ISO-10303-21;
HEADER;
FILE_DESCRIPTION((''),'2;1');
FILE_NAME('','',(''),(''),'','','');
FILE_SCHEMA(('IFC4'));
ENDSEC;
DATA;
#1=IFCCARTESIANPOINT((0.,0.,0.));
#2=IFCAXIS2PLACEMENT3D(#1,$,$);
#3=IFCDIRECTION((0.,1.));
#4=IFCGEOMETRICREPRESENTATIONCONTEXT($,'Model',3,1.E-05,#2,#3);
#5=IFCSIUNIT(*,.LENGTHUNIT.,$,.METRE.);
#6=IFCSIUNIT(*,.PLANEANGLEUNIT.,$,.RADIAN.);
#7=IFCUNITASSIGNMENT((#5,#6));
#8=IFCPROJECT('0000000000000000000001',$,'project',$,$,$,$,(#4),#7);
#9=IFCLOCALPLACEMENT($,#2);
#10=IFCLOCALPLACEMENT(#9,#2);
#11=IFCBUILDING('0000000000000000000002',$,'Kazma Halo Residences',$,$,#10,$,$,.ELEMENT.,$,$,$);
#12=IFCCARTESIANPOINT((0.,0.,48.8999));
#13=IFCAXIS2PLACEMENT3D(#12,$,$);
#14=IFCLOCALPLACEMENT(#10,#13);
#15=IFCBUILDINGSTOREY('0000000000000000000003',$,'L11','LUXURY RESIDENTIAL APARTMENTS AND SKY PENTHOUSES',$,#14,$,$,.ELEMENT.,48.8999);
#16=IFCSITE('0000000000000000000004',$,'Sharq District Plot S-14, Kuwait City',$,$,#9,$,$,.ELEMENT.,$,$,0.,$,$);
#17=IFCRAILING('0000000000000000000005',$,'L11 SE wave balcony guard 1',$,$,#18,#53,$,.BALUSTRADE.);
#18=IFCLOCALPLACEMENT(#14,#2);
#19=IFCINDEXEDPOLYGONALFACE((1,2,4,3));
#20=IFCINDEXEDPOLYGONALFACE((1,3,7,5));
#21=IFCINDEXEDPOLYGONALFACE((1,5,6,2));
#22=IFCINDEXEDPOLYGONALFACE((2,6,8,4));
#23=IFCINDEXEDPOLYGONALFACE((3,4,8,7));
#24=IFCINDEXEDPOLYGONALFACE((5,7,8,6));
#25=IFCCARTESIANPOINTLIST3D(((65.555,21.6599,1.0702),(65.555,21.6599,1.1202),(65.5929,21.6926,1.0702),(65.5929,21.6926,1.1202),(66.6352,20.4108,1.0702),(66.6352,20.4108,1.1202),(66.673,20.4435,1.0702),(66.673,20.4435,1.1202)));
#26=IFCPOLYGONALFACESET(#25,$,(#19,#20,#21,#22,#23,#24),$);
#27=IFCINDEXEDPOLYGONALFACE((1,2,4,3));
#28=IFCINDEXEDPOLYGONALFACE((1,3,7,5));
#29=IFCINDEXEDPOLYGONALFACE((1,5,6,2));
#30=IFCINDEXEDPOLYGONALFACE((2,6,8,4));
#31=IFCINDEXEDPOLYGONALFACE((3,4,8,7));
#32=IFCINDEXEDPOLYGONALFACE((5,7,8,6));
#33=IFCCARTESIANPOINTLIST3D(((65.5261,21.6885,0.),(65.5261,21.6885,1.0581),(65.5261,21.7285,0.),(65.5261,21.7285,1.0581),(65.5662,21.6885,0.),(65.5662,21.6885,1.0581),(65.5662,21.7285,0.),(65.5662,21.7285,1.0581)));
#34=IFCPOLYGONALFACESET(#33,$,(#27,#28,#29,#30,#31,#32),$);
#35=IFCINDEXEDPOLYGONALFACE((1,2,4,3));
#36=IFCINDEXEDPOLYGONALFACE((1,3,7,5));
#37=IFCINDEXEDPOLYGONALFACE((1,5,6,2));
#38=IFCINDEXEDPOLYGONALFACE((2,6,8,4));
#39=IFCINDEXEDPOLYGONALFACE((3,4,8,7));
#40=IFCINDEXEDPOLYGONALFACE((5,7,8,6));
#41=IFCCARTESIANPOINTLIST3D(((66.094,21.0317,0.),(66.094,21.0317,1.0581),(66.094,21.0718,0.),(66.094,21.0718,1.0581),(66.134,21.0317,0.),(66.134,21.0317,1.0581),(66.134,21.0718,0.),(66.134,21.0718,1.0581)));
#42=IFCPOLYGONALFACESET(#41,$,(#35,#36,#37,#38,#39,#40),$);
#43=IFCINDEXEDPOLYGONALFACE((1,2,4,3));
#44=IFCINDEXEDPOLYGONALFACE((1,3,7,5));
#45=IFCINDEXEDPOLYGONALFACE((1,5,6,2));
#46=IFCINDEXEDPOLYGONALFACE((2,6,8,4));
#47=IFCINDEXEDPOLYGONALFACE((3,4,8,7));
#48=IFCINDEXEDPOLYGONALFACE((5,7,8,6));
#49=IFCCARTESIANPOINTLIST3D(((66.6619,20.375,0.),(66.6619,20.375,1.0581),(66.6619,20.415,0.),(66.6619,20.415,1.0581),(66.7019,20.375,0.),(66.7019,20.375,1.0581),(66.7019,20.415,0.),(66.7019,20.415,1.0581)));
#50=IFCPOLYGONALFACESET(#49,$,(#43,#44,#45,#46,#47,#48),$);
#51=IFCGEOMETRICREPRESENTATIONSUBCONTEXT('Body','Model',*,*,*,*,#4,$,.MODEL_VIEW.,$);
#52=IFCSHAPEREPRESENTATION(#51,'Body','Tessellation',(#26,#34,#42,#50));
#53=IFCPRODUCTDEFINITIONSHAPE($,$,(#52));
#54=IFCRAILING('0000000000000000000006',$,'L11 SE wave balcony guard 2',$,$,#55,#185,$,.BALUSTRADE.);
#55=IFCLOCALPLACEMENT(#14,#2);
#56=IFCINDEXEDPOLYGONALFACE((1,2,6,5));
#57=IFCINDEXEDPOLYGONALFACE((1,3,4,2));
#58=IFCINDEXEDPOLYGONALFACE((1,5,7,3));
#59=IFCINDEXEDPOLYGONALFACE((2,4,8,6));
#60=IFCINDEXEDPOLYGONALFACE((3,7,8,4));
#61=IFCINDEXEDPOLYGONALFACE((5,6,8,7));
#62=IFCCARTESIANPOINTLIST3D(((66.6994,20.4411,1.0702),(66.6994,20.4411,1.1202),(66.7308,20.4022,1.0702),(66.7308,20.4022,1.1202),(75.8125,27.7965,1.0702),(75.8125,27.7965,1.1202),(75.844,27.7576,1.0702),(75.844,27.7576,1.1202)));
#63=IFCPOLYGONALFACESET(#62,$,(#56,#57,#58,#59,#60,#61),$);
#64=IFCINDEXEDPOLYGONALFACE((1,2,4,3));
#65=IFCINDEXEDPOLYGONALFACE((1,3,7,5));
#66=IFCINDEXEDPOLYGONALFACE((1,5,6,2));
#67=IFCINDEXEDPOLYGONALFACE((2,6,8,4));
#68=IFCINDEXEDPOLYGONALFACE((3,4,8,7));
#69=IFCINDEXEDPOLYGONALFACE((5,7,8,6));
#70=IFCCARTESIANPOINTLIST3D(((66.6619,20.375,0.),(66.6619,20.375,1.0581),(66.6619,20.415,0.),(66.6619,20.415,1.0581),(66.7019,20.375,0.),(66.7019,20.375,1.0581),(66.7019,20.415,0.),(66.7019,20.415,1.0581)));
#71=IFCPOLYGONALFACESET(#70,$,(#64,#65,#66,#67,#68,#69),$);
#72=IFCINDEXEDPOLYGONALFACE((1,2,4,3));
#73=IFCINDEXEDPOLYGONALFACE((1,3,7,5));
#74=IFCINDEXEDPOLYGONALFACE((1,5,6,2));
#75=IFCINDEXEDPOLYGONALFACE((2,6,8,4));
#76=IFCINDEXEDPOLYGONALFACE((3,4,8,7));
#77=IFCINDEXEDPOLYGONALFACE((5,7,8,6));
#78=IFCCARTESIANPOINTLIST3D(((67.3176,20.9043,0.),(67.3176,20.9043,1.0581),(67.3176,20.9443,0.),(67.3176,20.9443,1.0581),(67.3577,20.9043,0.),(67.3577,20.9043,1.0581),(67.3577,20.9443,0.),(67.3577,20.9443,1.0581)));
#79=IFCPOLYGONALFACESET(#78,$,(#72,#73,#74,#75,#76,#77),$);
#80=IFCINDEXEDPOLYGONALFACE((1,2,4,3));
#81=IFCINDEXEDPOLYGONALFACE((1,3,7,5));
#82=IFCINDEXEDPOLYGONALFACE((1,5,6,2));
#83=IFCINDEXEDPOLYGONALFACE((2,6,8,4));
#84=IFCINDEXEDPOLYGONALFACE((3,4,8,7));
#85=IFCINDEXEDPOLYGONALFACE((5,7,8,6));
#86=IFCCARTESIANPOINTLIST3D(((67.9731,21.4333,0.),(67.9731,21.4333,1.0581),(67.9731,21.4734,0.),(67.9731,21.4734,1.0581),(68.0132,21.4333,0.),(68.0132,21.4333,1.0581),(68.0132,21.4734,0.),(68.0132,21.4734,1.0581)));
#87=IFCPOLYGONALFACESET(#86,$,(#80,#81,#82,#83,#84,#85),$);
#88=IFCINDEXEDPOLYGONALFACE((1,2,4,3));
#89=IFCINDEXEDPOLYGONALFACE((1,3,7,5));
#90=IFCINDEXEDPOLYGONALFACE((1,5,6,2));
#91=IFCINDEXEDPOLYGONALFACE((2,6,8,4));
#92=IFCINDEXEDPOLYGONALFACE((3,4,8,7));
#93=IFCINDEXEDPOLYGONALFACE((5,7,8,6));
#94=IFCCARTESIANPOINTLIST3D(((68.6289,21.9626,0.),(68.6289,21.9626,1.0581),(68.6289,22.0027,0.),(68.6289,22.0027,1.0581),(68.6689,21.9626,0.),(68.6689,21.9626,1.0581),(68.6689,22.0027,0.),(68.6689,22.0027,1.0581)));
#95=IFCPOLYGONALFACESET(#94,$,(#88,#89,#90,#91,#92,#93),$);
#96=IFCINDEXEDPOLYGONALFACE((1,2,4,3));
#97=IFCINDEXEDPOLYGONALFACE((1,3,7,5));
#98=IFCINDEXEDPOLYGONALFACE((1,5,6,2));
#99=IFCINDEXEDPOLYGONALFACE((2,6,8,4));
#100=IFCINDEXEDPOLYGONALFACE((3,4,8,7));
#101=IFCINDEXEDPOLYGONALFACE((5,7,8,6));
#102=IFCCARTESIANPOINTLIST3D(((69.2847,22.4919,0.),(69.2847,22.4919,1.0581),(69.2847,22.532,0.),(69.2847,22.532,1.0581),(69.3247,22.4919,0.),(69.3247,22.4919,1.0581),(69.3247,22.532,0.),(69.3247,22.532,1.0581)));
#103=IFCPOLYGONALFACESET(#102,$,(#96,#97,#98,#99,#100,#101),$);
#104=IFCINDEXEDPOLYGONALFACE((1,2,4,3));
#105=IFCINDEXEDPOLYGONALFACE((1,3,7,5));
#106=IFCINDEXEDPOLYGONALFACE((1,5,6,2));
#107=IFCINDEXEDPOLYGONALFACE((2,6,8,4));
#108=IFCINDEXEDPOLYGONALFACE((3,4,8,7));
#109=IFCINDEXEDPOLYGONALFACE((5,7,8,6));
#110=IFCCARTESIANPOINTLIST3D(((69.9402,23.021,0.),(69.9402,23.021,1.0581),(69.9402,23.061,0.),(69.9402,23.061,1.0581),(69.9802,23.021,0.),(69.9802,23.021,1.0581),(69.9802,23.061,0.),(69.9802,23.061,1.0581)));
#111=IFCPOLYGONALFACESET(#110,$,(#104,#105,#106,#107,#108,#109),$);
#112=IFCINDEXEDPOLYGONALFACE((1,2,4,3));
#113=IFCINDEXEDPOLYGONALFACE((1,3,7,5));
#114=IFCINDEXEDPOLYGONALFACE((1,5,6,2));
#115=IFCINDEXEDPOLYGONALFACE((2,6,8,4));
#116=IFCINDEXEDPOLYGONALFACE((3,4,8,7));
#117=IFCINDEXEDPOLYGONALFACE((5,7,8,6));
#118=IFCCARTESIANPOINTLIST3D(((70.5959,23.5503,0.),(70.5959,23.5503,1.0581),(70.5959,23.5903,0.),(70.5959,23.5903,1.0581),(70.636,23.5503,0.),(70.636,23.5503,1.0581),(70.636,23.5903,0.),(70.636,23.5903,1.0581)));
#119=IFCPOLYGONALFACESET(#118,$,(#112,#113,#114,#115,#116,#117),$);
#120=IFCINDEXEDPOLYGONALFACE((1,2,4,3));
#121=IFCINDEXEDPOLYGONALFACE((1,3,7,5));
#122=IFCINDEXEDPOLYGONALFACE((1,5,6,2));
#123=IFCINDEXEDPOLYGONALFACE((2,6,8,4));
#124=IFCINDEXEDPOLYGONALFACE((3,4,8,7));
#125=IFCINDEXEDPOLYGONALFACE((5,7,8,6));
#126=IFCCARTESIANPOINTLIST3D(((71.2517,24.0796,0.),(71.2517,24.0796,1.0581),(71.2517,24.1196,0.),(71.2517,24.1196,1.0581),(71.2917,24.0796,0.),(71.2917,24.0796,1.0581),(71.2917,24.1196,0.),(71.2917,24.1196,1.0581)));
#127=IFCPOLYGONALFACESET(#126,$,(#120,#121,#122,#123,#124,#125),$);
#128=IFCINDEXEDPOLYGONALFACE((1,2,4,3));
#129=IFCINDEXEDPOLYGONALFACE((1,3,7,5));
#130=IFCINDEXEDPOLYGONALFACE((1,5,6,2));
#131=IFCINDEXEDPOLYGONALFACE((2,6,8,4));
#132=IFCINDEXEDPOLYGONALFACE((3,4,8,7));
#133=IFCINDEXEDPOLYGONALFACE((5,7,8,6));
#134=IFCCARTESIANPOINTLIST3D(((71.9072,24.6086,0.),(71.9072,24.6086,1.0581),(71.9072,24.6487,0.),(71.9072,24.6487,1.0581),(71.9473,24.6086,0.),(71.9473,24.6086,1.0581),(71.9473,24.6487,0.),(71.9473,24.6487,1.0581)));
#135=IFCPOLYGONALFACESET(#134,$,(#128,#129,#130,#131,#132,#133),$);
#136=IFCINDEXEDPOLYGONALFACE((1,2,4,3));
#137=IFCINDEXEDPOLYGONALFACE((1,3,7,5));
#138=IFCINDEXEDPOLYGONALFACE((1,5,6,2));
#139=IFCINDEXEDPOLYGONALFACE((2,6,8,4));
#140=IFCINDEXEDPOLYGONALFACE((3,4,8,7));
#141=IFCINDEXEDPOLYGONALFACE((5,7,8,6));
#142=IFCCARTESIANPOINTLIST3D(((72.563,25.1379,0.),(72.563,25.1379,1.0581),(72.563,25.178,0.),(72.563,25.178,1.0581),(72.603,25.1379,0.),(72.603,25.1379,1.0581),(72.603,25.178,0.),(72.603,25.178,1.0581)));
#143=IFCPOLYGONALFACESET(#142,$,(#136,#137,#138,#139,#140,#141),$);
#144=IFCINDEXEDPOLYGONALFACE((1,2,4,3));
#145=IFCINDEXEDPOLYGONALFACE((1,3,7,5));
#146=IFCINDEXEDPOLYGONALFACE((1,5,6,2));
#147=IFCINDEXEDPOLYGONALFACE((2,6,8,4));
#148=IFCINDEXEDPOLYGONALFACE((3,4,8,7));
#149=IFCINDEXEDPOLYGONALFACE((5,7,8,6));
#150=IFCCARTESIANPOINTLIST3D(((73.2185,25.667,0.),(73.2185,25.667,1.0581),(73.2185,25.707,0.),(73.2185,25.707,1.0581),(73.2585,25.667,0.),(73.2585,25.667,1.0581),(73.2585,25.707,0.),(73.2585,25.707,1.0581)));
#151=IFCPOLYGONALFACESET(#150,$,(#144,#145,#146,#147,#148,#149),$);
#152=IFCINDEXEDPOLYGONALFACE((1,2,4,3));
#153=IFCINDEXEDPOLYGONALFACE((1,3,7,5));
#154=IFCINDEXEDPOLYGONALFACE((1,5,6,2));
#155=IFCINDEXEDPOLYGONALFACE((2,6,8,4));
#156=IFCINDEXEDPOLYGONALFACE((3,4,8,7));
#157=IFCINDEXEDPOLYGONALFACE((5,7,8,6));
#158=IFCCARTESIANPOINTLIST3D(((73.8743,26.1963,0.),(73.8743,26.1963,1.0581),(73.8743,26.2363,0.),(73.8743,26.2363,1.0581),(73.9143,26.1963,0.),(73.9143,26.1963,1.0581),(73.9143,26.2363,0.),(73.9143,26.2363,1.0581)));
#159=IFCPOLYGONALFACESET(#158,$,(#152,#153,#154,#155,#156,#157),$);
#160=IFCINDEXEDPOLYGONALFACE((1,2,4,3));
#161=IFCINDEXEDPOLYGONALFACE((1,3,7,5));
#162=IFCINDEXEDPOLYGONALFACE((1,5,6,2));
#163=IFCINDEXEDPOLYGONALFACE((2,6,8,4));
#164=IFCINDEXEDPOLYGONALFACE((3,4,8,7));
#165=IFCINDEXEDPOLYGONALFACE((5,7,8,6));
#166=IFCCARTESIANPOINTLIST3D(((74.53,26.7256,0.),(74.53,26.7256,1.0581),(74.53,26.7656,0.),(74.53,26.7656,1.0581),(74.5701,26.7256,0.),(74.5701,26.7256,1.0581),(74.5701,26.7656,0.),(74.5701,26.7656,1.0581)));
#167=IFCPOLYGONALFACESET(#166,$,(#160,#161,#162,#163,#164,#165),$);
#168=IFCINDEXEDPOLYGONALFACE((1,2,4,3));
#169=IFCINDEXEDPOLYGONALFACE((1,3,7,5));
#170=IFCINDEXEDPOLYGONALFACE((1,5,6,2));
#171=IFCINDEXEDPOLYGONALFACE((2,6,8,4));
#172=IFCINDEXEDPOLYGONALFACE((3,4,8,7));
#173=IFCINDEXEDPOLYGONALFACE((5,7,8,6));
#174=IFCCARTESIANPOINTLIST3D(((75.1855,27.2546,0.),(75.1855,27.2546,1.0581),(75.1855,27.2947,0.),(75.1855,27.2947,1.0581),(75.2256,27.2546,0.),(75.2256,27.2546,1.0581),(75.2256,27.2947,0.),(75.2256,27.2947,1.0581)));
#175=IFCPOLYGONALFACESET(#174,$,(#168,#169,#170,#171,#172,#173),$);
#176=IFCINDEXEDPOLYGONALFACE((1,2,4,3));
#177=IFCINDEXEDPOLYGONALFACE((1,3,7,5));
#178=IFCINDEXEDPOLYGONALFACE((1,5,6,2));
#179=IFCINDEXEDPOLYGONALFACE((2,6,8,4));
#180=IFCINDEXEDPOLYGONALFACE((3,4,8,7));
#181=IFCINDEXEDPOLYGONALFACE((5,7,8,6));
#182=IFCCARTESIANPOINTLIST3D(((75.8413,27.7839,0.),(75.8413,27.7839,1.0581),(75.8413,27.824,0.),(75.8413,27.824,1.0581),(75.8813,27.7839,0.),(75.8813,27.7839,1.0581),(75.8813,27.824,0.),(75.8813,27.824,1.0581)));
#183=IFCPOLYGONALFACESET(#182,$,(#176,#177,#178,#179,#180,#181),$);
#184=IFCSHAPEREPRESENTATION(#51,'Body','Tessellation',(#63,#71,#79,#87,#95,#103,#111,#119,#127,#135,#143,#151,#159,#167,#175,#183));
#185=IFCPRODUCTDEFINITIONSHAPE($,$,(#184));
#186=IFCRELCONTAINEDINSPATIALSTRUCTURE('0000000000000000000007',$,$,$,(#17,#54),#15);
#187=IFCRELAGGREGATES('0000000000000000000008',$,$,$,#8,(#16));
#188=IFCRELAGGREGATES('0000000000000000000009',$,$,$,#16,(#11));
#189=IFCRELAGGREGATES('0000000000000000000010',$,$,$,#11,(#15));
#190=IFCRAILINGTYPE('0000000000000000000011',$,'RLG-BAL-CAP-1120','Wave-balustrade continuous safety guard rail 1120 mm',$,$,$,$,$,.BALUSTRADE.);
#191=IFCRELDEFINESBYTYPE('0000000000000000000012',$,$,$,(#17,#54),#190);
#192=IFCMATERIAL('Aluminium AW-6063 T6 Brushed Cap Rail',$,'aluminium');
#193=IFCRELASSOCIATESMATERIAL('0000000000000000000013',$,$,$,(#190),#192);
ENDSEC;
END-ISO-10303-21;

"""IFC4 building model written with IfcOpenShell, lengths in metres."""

from ifc_helpers import new_model, si_unit, direction, frame, origin, origin_2d, place, context, subcontext, project, spatial, rectangle, extrude, material, type_object, element, save


model = new_model("IFC4")

# Units and contexts
model_context = context("Model", 3, precision=1e-05, world=origin(), true_north=direction((0.0, 1.0)))
body_context = subcontext(model_context, "Body", "Model", "MODEL_VIEW")
ifc_project = project(units=[si_unit("LENGTHUNIT", "METRE"), si_unit("PLANEANGLEUNIT", "RADIAN")], contexts=[model_context])

# Site, building, storey
site_placement = place(None, origin())
site = spatial("IfcSite", under=ifc_project, at=site_placement, Name="Sharq District Plot S-14, Kuwait City", CompositionType="ELEMENT", RefElevation=0.0)
building_placement = place(site_placement, origin())
building = spatial("IfcBuilding", under=site, at=building_placement, Name="Kazma Halo Residences", CompositionType="ELEMENT")
storey_placement = place(building_placement, frame((0.0, 0.0, 48.8999)))
storey = spatial("IfcBuildingStorey", under=building, at=storey_placement, Name="L11", Description="LUXURY RESIDENTIAL APARTMENTS AND SKY PENTHOUSES", CompositionType="ELEMENT", Elevation=48.8999)

# Railings
ifc_material_1 = material(Name="Aluminium AW-6063 T6 Brushed Cap Rail", Category="aluminium")
railing_type = type_object("IfcRailingType", Name="RLG-BAL-CAP-1120", Description="Wave-balustrade continuous safety guard rail 1120 mm", PredefinedType="BALUSTRADE", material=ifc_material_1)
railing_1_placement = place(storey_placement, frame((65.5461, 21.7085, 0.0)))
element("IfcRailing", 1, at=railing_1_placement, inside=storey, type_object=railing_type, Name="L11 SE wave balcony guard 1", PredefinedType="BALUSTRADE", context=body_context, shape_type="SweptSolid", body=[
    extrude(rectangle(XDim=0.05, YDim=0.05, at=origin_2d()), frame((0.0278, -0.0322, 1.0952), z_axis=(0.654074, -0.756431, 0.0), x_axis=(0.756431, 0.654074, 0.0)), (0.0, 0.0, 1.0), 1.6514),
    extrude(rectangle(XDim=0.04, YDim=0.04, at=origin_2d()), origin(), (0.0, 0.0, 1.0), 1.0581),
    extrude(rectangle(XDim=0.04, YDim=0.04, at=origin_2d()), frame((0.5679, -0.6567, 0.0)), (0.0, 0.0, 1.0), 1.0581),
    extrude(rectangle(XDim=0.04, YDim=0.04, at=origin_2d()), frame((1.1357, -1.3135, 0.0)), (0.0, 0.0, 1.0), 1.0581),
])
railing_2_placement = place(storey_placement, frame((66.6819, 20.395, 0.0)))
element("IfcRailing", 2, at=railing_2_placement, inside=storey, type_object=railing_type, Name="L11 SE wave balcony guard 2", PredefinedType="BALUSTRADE", context=body_context, shape_type="SweptSolid", body=[
    extrude(rectangle(XDim=0.05, YDim=0.05, at=origin_2d()), frame((0.0332, 0.0266, 1.0952), z_axis=(0.778158, 0.628069, 0.0), x_axis=(-0.628069, 0.778158, 0.0)), (0.0, 0.0, 1.0), 11.7112),
    extrude(rectangle(XDim=0.04, YDim=0.04, at=origin_2d()), origin(), (0.0, 0.0, 1.0), 1.0581),
    extrude(rectangle(XDim=0.04, YDim=0.04, at=origin_2d()), frame((0.6558, 0.5293, 0.0)), (0.0, 0.0, 1.0), 1.0581),
    extrude(rectangle(XDim=0.04, YDim=0.04, at=origin_2d()), frame((1.3113, 1.0583, 0.0)), (0.0, 0.0, 1.0), 1.0581),
    extrude(rectangle(XDim=0.04, YDim=0.04, at=origin_2d()), frame((1.967, 1.5876, 0.0)), (0.0, 0.0, 1.0), 1.0581),
    extrude(rectangle(XDim=0.04, YDim=0.04, at=origin_2d()), frame((2.6228, 2.1169, 0.0)), (0.0, 0.0, 1.0), 1.0581),
    extrude(rectangle(XDim=0.04, YDim=0.04, at=origin_2d()), frame((3.2783, 2.646, 0.0)), (0.0, 0.0, 1.0), 1.0581),
    extrude(rectangle(XDim=0.04, YDim=0.04, at=origin_2d()), frame((3.9341, 3.1753, 0.0)), (0.0, 0.0, 1.0), 1.0581),
    extrude(rectangle(XDim=0.04, YDim=0.04, at=origin_2d()), frame((4.5898, 3.7046, 0.0)), (0.0, 0.0, 1.0), 1.0581),
    extrude(rectangle(XDim=0.04, YDim=0.04, at=origin_2d()), frame((5.2454, 4.2336, 0.0)), (0.0, 0.0, 1.0), 1.0581),
    extrude(rectangle(XDim=0.04, YDim=0.04, at=origin_2d()), frame((5.9011, 4.7629, 0.0)), (0.0, 0.0, 1.0), 1.0581),
    extrude(rectangle(XDim=0.04, YDim=0.04, at=origin_2d()), frame((6.5566, 5.292, 0.0)), (0.0, 0.0, 1.0), 1.0581),
    extrude(rectangle(XDim=0.04, YDim=0.04, at=origin_2d()), frame((7.2124, 5.8213, 0.0)), (0.0, 0.0, 1.0), 1.0581),
    extrude(rectangle(XDim=0.04, YDim=0.04, at=origin_2d()), frame((7.8682, 6.3506, 0.0)), (0.0, 0.0, 1.0), 1.0581),
    extrude(rectangle(XDim=0.04, YDim=0.04, at=origin_2d()), frame((8.5237, 6.8796, 0.0)), (0.0, 0.0, 1.0), 1.0581),
    extrude(rectangle(XDim=0.04, YDim=0.04, at=origin_2d()), frame((9.1794, 7.4089, 0.0)), (0.0, 0.0, 1.0), 1.0581),
])

save(model, "model.ifc")
